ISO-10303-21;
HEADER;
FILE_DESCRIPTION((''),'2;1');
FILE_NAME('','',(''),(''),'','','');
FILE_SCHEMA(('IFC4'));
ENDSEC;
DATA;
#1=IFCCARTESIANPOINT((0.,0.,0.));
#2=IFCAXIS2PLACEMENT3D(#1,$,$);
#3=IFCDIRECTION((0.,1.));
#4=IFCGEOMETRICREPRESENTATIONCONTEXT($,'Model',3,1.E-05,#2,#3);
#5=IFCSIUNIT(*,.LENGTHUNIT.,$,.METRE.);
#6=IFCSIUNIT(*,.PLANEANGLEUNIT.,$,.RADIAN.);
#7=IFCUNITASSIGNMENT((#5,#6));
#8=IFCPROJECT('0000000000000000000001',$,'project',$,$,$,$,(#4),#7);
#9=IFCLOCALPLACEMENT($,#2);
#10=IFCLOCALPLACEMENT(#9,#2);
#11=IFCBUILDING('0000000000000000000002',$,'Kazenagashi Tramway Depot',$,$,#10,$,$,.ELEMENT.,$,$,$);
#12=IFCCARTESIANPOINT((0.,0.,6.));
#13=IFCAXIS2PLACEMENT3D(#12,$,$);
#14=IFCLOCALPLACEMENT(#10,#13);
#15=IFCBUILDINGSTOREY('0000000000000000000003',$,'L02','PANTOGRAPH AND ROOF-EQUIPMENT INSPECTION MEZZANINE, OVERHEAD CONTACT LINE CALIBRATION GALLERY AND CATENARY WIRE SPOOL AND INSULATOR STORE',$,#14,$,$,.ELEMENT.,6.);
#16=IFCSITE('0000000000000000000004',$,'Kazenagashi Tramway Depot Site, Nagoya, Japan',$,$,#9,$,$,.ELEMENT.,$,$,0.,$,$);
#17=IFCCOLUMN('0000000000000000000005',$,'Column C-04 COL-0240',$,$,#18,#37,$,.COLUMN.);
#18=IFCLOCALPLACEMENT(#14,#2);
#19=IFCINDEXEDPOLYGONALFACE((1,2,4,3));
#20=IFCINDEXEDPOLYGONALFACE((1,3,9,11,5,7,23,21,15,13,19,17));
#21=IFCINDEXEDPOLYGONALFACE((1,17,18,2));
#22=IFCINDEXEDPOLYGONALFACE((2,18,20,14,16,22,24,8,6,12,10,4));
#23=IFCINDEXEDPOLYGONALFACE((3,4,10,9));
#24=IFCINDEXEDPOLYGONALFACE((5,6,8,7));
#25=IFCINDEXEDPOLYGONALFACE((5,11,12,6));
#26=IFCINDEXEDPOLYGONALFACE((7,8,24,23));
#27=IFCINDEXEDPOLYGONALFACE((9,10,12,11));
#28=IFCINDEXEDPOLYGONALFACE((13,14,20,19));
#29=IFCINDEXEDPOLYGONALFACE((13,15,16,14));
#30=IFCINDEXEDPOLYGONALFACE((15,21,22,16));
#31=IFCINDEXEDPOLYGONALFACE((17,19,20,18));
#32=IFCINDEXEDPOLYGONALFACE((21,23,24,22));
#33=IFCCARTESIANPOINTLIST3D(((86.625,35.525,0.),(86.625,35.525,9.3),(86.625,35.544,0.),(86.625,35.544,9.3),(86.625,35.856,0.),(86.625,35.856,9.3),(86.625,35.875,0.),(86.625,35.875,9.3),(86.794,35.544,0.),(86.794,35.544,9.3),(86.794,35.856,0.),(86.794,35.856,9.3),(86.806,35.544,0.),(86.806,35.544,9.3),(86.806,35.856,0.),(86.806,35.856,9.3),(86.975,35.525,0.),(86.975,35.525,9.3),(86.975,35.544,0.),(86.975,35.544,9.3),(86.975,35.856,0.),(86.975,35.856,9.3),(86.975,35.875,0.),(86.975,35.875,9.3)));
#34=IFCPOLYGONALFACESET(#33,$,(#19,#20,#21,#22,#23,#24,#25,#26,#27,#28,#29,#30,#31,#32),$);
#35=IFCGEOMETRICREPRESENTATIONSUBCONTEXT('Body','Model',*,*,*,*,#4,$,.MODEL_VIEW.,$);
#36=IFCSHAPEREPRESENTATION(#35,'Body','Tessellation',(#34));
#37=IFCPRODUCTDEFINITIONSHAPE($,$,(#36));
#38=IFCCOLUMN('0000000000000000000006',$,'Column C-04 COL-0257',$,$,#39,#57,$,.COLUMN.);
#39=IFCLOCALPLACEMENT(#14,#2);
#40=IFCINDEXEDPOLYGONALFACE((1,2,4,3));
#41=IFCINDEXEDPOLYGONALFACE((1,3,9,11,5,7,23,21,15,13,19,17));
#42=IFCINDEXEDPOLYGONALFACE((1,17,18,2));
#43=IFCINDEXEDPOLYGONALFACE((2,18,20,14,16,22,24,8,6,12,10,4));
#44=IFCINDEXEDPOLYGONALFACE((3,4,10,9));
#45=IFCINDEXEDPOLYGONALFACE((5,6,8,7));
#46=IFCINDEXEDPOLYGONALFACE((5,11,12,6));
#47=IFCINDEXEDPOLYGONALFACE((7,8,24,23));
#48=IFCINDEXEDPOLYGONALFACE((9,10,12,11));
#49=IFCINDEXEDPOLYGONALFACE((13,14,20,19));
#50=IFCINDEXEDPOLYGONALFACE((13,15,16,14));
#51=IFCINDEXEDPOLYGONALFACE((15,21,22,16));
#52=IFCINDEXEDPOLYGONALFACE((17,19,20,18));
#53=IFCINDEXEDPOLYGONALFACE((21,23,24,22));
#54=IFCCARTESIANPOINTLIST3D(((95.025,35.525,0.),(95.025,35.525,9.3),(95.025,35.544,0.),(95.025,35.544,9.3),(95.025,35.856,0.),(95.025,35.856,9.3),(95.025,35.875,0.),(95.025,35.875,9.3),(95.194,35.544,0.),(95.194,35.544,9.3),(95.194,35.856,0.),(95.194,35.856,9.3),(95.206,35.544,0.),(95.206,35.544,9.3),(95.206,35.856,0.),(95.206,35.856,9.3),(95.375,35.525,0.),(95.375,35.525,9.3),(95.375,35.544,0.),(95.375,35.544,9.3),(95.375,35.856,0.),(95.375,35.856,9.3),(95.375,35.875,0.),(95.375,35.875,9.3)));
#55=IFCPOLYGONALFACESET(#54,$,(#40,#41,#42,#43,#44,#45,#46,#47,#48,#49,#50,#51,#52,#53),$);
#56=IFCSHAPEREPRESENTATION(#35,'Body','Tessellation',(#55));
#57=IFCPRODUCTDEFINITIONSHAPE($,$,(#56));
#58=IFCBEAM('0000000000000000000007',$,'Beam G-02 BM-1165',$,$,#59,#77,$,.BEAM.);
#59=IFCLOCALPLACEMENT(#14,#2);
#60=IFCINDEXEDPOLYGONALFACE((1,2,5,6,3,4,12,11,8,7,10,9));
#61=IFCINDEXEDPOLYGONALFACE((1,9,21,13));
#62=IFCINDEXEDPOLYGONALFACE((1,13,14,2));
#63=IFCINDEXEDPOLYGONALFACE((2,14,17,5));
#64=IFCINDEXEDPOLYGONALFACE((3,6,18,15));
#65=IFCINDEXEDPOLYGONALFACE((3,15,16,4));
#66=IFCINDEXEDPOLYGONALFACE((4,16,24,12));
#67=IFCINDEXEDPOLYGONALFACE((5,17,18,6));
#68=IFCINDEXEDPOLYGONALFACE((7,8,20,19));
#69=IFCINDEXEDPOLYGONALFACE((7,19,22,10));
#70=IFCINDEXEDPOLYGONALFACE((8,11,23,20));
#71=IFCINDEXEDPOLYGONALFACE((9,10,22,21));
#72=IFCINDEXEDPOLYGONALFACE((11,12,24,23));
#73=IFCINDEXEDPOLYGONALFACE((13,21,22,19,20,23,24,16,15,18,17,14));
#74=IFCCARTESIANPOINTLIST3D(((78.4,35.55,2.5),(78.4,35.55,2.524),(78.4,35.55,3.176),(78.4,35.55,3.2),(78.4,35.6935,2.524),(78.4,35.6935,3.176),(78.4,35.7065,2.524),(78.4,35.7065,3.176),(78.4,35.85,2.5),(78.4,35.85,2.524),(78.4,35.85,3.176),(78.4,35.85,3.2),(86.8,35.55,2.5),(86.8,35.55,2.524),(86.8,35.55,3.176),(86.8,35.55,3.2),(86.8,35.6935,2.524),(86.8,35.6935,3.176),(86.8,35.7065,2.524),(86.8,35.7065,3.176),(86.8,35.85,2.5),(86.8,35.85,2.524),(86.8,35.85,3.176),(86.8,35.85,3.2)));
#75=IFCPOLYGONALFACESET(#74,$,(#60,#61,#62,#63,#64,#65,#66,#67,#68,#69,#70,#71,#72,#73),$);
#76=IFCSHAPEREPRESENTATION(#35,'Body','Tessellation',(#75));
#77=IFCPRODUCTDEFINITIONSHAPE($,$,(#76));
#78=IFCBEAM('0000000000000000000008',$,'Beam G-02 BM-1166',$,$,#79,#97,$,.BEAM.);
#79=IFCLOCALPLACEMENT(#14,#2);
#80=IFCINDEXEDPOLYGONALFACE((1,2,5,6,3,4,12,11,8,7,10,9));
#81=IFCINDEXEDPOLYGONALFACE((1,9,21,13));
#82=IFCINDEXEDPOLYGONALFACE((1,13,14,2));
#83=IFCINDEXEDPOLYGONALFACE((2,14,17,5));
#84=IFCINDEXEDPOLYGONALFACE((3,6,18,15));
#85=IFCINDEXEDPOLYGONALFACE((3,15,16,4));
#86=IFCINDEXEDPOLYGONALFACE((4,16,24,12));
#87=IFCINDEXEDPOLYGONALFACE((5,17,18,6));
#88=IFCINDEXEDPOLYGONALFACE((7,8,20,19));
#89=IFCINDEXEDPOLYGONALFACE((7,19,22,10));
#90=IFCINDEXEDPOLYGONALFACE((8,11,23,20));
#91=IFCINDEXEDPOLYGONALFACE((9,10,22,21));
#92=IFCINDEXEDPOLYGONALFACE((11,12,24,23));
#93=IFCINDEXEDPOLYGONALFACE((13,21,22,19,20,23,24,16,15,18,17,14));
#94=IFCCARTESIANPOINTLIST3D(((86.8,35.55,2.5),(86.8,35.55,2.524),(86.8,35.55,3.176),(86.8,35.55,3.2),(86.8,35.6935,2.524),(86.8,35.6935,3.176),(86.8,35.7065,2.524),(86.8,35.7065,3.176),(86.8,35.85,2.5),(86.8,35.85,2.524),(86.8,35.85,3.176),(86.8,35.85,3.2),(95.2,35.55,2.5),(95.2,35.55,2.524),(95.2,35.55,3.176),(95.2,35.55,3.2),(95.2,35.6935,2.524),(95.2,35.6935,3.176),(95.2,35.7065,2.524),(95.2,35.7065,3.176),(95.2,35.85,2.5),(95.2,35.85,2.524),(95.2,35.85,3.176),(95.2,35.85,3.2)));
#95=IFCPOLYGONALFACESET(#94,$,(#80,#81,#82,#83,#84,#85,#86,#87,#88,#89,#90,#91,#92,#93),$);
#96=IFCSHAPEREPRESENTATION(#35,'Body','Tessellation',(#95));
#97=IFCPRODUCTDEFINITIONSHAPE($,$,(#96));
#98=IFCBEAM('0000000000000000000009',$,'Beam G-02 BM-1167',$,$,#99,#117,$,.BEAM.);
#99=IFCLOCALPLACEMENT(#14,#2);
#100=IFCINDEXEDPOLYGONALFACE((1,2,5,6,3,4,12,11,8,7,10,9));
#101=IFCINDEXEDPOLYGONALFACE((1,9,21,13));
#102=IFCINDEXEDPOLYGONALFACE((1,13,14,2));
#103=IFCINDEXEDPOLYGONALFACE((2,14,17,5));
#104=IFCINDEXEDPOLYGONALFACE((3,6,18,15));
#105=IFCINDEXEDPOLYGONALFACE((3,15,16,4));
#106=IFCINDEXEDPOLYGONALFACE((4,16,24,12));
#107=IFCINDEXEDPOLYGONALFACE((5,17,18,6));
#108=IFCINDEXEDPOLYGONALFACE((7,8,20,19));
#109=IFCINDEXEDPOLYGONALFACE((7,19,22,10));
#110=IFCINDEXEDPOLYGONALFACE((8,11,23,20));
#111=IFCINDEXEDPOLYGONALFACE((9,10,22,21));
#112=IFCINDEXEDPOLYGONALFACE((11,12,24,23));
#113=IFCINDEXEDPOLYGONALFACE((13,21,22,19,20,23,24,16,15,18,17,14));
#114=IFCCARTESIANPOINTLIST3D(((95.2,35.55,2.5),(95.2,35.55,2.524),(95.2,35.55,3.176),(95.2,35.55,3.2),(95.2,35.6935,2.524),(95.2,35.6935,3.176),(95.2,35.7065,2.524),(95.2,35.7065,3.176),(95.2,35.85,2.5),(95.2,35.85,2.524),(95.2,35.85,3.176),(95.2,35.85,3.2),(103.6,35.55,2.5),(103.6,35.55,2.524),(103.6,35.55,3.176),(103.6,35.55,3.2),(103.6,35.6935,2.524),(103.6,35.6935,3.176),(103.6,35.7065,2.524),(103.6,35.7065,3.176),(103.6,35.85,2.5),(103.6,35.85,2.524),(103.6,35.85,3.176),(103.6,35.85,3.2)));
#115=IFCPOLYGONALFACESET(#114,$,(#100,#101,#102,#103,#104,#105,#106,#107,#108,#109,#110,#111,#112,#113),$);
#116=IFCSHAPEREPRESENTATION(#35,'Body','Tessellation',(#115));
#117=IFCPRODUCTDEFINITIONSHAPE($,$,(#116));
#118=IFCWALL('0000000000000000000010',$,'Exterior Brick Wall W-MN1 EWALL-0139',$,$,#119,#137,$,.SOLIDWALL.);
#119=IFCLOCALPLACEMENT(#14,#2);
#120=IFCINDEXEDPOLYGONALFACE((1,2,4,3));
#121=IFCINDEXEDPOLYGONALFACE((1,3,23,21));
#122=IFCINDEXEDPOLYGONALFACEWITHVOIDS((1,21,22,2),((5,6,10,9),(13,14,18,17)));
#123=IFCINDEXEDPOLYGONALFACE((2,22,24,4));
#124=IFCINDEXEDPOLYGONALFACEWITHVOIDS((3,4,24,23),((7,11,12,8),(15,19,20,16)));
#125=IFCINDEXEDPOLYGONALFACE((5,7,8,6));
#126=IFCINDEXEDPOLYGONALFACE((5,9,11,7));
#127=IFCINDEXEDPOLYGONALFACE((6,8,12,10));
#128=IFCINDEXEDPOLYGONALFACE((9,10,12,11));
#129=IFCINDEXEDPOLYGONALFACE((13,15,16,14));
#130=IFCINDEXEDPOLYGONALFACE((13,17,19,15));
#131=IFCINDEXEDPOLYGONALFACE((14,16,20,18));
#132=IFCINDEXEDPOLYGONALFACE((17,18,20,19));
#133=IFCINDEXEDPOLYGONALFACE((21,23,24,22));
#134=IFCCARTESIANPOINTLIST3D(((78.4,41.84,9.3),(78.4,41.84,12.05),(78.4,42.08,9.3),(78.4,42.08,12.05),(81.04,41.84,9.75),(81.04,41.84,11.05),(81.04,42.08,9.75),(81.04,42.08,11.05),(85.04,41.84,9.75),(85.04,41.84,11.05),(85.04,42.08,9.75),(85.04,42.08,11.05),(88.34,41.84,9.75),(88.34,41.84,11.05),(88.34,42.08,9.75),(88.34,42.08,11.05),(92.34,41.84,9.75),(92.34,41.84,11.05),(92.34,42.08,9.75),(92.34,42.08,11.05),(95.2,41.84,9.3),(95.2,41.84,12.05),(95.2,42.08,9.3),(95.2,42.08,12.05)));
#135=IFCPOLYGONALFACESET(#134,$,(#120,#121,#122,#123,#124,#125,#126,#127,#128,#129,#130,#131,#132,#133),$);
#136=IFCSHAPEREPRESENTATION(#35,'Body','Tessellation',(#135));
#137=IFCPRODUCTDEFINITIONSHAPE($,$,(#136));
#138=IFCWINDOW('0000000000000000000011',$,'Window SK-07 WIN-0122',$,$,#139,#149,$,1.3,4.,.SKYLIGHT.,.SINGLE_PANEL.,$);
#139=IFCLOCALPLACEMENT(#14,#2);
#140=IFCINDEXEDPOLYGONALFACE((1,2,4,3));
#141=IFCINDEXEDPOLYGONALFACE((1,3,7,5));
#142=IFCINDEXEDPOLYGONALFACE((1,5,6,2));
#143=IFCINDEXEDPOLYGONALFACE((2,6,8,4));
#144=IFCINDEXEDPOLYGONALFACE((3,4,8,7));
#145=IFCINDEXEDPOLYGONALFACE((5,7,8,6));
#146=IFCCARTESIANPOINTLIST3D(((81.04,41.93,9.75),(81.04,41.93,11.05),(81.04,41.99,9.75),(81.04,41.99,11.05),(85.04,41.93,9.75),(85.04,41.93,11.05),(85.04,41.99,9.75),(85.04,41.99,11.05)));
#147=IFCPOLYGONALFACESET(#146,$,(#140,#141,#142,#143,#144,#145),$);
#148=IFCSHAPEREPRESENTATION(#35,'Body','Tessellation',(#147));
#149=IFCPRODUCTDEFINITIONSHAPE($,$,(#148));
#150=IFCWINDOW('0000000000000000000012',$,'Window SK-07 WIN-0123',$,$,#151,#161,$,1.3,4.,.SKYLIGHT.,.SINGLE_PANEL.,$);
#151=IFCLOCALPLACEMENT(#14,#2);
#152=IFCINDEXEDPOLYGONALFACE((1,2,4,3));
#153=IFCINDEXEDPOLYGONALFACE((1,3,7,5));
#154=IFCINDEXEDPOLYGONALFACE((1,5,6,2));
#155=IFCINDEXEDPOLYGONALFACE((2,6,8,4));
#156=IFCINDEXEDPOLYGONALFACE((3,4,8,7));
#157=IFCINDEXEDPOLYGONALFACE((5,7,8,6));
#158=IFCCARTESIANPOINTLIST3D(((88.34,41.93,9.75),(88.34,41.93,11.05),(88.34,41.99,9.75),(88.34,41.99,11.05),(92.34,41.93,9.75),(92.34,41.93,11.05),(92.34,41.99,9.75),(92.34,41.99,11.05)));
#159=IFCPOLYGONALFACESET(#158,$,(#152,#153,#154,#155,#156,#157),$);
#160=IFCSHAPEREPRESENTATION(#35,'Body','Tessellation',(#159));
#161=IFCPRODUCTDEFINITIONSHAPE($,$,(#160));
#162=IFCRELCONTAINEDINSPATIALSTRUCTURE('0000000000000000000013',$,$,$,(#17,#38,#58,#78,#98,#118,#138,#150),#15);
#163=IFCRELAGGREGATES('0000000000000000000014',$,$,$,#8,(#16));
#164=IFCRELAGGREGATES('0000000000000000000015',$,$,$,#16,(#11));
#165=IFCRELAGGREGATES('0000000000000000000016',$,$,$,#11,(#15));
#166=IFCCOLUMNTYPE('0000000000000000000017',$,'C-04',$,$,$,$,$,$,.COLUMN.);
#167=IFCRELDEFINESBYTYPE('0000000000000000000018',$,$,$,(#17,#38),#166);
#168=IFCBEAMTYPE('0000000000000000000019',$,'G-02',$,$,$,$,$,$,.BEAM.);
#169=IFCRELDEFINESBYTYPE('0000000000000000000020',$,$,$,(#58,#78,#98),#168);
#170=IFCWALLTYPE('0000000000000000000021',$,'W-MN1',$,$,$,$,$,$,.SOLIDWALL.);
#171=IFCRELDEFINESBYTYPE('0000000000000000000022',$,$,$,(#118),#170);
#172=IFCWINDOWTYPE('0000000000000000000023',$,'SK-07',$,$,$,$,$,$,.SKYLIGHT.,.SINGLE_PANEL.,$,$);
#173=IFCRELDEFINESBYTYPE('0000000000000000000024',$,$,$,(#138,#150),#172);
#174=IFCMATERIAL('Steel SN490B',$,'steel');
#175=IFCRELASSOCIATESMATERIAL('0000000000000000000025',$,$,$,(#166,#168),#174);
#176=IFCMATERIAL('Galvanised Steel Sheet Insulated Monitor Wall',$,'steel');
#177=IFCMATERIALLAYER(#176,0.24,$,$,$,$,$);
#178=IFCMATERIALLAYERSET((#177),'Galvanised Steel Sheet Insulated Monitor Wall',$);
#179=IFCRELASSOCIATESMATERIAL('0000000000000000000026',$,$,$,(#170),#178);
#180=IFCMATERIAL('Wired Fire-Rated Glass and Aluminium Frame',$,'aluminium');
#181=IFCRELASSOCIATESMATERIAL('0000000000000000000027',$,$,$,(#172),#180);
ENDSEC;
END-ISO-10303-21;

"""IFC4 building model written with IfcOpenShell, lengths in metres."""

from ifc_helpers import new_model, si_unit, direction, frame, frame_2d, origin, origin_2d, place, context, subcontext, project, spatial, rectangle, i_section, extrude, material, layer, layer_set, material_profile, profile_set, type_object, element, fill, save


model = new_model("IFC4")

# Units and contexts
model_context = context("Model", 3, precision=1e-05, world=origin(), true_north=direction((0.0, 1.0)))
body_context = subcontext(model_context, "Body", "Model", "MODEL_VIEW")
ifc_project = project(units=[si_unit("LENGTHUNIT", "METRE"), si_unit("PLANEANGLEUNIT", "RADIAN")], contexts=[model_context])

# Site, building, storey
site_placement = place(None, origin())
site = spatial("IfcSite", under=ifc_project, at=site_placement, Name="Kazenagashi Tramway Depot Site, Nagoya, Japan", CompositionType="ELEMENT", RefElevation=0.0)
building_placement = place(site_placement, origin())
building = spatial("IfcBuilding", under=site, at=building_placement, Name="Kazenagashi Tramway Depot", CompositionType="ELEMENT")
storey_placement = place(building_placement, frame((0.0, 0.0, 6.0)))
storey = spatial("IfcBuildingStorey", under=building, at=storey_placement, Name="L02", Description="PANTOGRAPH AND ROOF-EQUIPMENT INSPECTION MEZZANINE, OVERHEAD CONTACT LINE CALIBRATION GALLERY AND CATENARY WIRE SPOOL AND INSULATOR STORE", CompositionType="ELEMENT", Elevation=6.0)

# Columns
ifc_material_1 = material(Name="Steel SN490B", Category="steel")
ifc_material_profile_1 = material_profile(ifc_material_1, i_section(OverallWidth=0.35, OverallDepth=0.35, WebThickness=0.012, FlangeThickness=0.019, at=origin_2d()), Name="H-350x350x12x19")
ifc_profile_set_1 = profile_set([ifc_material_profile_1], Name="Steel SN490B")
column_type = type_object("IfcColumnType", Name="C-04", PredefinedType="COLUMN", material=ifc_profile_set_1)
for number, where, z_axis, x_axis, name in (
    (1, (86.8, 35.7, 0.0), (0.0, 0.0, 1.0), (1.0, 0.0, 0.0), "Column C-04 COL-0240"),
    (2, (95.2, 35.7, 0.0), (0.0, 0.0, 1.0), (1.0, 0.0, 0.0), "Column C-04 COL-0257"),
):
    element("IfcColumn", number, at=place(storey_placement, frame(where, z_axis=z_axis, x_axis=x_axis)), inside=storey, type_object=column_type, Name=name, PredefinedType="COLUMN", context=body_context, shape_type="SweptSolid", body=[
        extrude(i_section(OverallWidth=0.35, OverallDepth=0.35, WebThickness=0.012, FlangeThickness=0.019, at=origin_2d()), origin(), (0.0, 0.0, 1.0), 9.3),
    ])

# Beams
ifc_material_profile_2 = material_profile(ifc_material_1, i_section(OverallWidth=0.3, OverallDepth=0.7, WebThickness=0.013, FlangeThickness=0.024, at=origin_2d()), Name="H-700x300x13x24")
ifc_profile_set_2 = profile_set([ifc_material_profile_2], Name="Steel SN490B")
beam_type = type_object("IfcBeamType", Name="G-02", PredefinedType="BEAM", material=ifc_profile_set_2)
for number, where, z_axis, x_axis, name in (
    (3, (78.4, 35.7, 2.85), (1.0, 0.0, 0.0), (0.0, 1.0, 0.0), "Beam G-02 BM-1165"),
    (4, (86.8, 35.7, 2.85), (1.0, 0.0, 0.0), (0.0, 1.0, 0.0), "Beam G-02 BM-1166"),
    (5, (95.2, 35.7, 2.85), (1.0, 0.0, 0.0), (0.0, 1.0, 0.0), "Beam G-02 BM-1167"),
):
    element("IfcBeam", number, at=place(storey_placement, frame(where, z_axis=z_axis, x_axis=x_axis)), inside=storey, type_object=beam_type, Name=name, PredefinedType="BEAM", context=body_context, shape_type="SweptSolid", body=[
        extrude(i_section(OverallWidth=0.3, OverallDepth=0.7, WebThickness=0.013, FlangeThickness=0.024, at=origin_2d()), origin(), (0.0, 0.0, 1.0), 8.4),
    ])

# Wall, openings, windows
ifc_material_2 = material(Name="Galvanised Steel Sheet Insulated Monitor Wall", Category="steel")
ifc_layer = layer(ifc_material_2, 0.24)
ifc_layer_set = layer_set([ifc_layer], Name="Galvanised Steel Sheet Insulated Monitor Wall")
wall_type = type_object("IfcWallType", Name="W-MN1", PredefinedType="SOLIDWALL", material=ifc_layer_set)
wall_1_placement = place(storey_placement, frame((78.4, 41.96, 9.3), z_axis=(0.0, 0.0, 1.0), x_axis=(1.0, 0.0, 0.0)))
wall_1 = element("IfcWall", 6, at=wall_1_placement, inside=storey, type_object=wall_type, Name="Exterior Brick Wall W-MN1 EWALL-0139", PredefinedType="SOLIDWALL", context=body_context, shape_type="SweptSolid", body=[
    extrude(rectangle(XDim=16.8, YDim=0.24, at=frame_2d((8.4, 0.0))), origin(), (0.0, 0.0, 1.0), 2.75),
])
opening_1_placement = place(wall_1_placement, frame((2.64, 0.0, 0.45)))
opening_1 = element("IfcOpeningElement", 7, at=opening_1_placement, cuts=wall_1, PredefinedType="OPENING", context=body_context, shape_type="SweptSolid", body=[
    extrude(rectangle(XDim=4.0, YDim=1.3, at=frame_2d((2.0, 0.65))), frame((0.0, 0.13, 0.0), z_axis=(0.0, -1.0, 0.0), x_axis=(1.0, 0.0, 0.0)), (0.0, 0.0, 1.0), 0.26),
])
opening_2_placement = place(wall_1_placement, frame((9.94, 0.0, 0.45)))
opening_2 = element("IfcOpeningElement", 8, at=opening_2_placement, cuts=wall_1, PredefinedType="OPENING", context=body_context, shape_type="SweptSolid", body=[
    extrude(rectangle(XDim=4.0, YDim=1.3, at=frame_2d((2.0, 0.65))), frame((0.0, 0.13, 0.0), z_axis=(0.0, -1.0, 0.0), x_axis=(1.0, 0.0, 0.0)), (0.0, 0.0, 1.0), 0.26),
])
ifc_material_3 = material(Name="Wired Fire-Rated Glass and Aluminium Frame", Category="aluminium")
window_type_1 = type_object("IfcWindowType", Name="SK-07", PartitioningType="SINGLE_PANEL", PredefinedType="SKYLIGHT", material=ifc_material_3)
window_1_placement = place(opening_1_placement, origin())
window_1 = element("IfcWindow", 9, at=window_1_placement, inside=storey, type_object=window_type_1, Name="Window SK-07 WIN-0122", OverallHeight=1.3, OverallWidth=4.0, PartitioningType="SINGLE_PANEL", PredefinedType="SKYLIGHT", context=body_context, shape_type="SweptSolid", body=[
    extrude(rectangle(XDim=4.0, YDim=1.3, at=frame_2d((2.0, 0.65))), frame((0.0, 0.03, 0.0), z_axis=(0.0, -1.0, 0.0), x_axis=(1.0, 0.0, 0.0)), (0.0, 0.0, 1.0), 0.06),
])
fill(opening_1, window_1)
window_2_placement = place(opening_2_placement, origin())
window_2 = element("IfcWindow", 10, at=window_2_placement, inside=storey, type_object=window_type_1, Name="Window SK-07 WIN-0123", OverallHeight=1.3, OverallWidth=4.0, PartitioningType="SINGLE_PANEL", PredefinedType="SKYLIGHT", context=body_context, shape_type="SweptSolid", body=[
    extrude(rectangle(XDim=4.0, YDim=1.3, at=frame_2d((2.0, 0.65))), frame((0.0, 0.03, 0.0), z_axis=(0.0, -1.0, 0.0), x_axis=(1.0, 0.0, 0.0)), (0.0, 0.0, 1.0), 0.06),
])
fill(opening_2, window_2)

save(model, "model.ifc")
